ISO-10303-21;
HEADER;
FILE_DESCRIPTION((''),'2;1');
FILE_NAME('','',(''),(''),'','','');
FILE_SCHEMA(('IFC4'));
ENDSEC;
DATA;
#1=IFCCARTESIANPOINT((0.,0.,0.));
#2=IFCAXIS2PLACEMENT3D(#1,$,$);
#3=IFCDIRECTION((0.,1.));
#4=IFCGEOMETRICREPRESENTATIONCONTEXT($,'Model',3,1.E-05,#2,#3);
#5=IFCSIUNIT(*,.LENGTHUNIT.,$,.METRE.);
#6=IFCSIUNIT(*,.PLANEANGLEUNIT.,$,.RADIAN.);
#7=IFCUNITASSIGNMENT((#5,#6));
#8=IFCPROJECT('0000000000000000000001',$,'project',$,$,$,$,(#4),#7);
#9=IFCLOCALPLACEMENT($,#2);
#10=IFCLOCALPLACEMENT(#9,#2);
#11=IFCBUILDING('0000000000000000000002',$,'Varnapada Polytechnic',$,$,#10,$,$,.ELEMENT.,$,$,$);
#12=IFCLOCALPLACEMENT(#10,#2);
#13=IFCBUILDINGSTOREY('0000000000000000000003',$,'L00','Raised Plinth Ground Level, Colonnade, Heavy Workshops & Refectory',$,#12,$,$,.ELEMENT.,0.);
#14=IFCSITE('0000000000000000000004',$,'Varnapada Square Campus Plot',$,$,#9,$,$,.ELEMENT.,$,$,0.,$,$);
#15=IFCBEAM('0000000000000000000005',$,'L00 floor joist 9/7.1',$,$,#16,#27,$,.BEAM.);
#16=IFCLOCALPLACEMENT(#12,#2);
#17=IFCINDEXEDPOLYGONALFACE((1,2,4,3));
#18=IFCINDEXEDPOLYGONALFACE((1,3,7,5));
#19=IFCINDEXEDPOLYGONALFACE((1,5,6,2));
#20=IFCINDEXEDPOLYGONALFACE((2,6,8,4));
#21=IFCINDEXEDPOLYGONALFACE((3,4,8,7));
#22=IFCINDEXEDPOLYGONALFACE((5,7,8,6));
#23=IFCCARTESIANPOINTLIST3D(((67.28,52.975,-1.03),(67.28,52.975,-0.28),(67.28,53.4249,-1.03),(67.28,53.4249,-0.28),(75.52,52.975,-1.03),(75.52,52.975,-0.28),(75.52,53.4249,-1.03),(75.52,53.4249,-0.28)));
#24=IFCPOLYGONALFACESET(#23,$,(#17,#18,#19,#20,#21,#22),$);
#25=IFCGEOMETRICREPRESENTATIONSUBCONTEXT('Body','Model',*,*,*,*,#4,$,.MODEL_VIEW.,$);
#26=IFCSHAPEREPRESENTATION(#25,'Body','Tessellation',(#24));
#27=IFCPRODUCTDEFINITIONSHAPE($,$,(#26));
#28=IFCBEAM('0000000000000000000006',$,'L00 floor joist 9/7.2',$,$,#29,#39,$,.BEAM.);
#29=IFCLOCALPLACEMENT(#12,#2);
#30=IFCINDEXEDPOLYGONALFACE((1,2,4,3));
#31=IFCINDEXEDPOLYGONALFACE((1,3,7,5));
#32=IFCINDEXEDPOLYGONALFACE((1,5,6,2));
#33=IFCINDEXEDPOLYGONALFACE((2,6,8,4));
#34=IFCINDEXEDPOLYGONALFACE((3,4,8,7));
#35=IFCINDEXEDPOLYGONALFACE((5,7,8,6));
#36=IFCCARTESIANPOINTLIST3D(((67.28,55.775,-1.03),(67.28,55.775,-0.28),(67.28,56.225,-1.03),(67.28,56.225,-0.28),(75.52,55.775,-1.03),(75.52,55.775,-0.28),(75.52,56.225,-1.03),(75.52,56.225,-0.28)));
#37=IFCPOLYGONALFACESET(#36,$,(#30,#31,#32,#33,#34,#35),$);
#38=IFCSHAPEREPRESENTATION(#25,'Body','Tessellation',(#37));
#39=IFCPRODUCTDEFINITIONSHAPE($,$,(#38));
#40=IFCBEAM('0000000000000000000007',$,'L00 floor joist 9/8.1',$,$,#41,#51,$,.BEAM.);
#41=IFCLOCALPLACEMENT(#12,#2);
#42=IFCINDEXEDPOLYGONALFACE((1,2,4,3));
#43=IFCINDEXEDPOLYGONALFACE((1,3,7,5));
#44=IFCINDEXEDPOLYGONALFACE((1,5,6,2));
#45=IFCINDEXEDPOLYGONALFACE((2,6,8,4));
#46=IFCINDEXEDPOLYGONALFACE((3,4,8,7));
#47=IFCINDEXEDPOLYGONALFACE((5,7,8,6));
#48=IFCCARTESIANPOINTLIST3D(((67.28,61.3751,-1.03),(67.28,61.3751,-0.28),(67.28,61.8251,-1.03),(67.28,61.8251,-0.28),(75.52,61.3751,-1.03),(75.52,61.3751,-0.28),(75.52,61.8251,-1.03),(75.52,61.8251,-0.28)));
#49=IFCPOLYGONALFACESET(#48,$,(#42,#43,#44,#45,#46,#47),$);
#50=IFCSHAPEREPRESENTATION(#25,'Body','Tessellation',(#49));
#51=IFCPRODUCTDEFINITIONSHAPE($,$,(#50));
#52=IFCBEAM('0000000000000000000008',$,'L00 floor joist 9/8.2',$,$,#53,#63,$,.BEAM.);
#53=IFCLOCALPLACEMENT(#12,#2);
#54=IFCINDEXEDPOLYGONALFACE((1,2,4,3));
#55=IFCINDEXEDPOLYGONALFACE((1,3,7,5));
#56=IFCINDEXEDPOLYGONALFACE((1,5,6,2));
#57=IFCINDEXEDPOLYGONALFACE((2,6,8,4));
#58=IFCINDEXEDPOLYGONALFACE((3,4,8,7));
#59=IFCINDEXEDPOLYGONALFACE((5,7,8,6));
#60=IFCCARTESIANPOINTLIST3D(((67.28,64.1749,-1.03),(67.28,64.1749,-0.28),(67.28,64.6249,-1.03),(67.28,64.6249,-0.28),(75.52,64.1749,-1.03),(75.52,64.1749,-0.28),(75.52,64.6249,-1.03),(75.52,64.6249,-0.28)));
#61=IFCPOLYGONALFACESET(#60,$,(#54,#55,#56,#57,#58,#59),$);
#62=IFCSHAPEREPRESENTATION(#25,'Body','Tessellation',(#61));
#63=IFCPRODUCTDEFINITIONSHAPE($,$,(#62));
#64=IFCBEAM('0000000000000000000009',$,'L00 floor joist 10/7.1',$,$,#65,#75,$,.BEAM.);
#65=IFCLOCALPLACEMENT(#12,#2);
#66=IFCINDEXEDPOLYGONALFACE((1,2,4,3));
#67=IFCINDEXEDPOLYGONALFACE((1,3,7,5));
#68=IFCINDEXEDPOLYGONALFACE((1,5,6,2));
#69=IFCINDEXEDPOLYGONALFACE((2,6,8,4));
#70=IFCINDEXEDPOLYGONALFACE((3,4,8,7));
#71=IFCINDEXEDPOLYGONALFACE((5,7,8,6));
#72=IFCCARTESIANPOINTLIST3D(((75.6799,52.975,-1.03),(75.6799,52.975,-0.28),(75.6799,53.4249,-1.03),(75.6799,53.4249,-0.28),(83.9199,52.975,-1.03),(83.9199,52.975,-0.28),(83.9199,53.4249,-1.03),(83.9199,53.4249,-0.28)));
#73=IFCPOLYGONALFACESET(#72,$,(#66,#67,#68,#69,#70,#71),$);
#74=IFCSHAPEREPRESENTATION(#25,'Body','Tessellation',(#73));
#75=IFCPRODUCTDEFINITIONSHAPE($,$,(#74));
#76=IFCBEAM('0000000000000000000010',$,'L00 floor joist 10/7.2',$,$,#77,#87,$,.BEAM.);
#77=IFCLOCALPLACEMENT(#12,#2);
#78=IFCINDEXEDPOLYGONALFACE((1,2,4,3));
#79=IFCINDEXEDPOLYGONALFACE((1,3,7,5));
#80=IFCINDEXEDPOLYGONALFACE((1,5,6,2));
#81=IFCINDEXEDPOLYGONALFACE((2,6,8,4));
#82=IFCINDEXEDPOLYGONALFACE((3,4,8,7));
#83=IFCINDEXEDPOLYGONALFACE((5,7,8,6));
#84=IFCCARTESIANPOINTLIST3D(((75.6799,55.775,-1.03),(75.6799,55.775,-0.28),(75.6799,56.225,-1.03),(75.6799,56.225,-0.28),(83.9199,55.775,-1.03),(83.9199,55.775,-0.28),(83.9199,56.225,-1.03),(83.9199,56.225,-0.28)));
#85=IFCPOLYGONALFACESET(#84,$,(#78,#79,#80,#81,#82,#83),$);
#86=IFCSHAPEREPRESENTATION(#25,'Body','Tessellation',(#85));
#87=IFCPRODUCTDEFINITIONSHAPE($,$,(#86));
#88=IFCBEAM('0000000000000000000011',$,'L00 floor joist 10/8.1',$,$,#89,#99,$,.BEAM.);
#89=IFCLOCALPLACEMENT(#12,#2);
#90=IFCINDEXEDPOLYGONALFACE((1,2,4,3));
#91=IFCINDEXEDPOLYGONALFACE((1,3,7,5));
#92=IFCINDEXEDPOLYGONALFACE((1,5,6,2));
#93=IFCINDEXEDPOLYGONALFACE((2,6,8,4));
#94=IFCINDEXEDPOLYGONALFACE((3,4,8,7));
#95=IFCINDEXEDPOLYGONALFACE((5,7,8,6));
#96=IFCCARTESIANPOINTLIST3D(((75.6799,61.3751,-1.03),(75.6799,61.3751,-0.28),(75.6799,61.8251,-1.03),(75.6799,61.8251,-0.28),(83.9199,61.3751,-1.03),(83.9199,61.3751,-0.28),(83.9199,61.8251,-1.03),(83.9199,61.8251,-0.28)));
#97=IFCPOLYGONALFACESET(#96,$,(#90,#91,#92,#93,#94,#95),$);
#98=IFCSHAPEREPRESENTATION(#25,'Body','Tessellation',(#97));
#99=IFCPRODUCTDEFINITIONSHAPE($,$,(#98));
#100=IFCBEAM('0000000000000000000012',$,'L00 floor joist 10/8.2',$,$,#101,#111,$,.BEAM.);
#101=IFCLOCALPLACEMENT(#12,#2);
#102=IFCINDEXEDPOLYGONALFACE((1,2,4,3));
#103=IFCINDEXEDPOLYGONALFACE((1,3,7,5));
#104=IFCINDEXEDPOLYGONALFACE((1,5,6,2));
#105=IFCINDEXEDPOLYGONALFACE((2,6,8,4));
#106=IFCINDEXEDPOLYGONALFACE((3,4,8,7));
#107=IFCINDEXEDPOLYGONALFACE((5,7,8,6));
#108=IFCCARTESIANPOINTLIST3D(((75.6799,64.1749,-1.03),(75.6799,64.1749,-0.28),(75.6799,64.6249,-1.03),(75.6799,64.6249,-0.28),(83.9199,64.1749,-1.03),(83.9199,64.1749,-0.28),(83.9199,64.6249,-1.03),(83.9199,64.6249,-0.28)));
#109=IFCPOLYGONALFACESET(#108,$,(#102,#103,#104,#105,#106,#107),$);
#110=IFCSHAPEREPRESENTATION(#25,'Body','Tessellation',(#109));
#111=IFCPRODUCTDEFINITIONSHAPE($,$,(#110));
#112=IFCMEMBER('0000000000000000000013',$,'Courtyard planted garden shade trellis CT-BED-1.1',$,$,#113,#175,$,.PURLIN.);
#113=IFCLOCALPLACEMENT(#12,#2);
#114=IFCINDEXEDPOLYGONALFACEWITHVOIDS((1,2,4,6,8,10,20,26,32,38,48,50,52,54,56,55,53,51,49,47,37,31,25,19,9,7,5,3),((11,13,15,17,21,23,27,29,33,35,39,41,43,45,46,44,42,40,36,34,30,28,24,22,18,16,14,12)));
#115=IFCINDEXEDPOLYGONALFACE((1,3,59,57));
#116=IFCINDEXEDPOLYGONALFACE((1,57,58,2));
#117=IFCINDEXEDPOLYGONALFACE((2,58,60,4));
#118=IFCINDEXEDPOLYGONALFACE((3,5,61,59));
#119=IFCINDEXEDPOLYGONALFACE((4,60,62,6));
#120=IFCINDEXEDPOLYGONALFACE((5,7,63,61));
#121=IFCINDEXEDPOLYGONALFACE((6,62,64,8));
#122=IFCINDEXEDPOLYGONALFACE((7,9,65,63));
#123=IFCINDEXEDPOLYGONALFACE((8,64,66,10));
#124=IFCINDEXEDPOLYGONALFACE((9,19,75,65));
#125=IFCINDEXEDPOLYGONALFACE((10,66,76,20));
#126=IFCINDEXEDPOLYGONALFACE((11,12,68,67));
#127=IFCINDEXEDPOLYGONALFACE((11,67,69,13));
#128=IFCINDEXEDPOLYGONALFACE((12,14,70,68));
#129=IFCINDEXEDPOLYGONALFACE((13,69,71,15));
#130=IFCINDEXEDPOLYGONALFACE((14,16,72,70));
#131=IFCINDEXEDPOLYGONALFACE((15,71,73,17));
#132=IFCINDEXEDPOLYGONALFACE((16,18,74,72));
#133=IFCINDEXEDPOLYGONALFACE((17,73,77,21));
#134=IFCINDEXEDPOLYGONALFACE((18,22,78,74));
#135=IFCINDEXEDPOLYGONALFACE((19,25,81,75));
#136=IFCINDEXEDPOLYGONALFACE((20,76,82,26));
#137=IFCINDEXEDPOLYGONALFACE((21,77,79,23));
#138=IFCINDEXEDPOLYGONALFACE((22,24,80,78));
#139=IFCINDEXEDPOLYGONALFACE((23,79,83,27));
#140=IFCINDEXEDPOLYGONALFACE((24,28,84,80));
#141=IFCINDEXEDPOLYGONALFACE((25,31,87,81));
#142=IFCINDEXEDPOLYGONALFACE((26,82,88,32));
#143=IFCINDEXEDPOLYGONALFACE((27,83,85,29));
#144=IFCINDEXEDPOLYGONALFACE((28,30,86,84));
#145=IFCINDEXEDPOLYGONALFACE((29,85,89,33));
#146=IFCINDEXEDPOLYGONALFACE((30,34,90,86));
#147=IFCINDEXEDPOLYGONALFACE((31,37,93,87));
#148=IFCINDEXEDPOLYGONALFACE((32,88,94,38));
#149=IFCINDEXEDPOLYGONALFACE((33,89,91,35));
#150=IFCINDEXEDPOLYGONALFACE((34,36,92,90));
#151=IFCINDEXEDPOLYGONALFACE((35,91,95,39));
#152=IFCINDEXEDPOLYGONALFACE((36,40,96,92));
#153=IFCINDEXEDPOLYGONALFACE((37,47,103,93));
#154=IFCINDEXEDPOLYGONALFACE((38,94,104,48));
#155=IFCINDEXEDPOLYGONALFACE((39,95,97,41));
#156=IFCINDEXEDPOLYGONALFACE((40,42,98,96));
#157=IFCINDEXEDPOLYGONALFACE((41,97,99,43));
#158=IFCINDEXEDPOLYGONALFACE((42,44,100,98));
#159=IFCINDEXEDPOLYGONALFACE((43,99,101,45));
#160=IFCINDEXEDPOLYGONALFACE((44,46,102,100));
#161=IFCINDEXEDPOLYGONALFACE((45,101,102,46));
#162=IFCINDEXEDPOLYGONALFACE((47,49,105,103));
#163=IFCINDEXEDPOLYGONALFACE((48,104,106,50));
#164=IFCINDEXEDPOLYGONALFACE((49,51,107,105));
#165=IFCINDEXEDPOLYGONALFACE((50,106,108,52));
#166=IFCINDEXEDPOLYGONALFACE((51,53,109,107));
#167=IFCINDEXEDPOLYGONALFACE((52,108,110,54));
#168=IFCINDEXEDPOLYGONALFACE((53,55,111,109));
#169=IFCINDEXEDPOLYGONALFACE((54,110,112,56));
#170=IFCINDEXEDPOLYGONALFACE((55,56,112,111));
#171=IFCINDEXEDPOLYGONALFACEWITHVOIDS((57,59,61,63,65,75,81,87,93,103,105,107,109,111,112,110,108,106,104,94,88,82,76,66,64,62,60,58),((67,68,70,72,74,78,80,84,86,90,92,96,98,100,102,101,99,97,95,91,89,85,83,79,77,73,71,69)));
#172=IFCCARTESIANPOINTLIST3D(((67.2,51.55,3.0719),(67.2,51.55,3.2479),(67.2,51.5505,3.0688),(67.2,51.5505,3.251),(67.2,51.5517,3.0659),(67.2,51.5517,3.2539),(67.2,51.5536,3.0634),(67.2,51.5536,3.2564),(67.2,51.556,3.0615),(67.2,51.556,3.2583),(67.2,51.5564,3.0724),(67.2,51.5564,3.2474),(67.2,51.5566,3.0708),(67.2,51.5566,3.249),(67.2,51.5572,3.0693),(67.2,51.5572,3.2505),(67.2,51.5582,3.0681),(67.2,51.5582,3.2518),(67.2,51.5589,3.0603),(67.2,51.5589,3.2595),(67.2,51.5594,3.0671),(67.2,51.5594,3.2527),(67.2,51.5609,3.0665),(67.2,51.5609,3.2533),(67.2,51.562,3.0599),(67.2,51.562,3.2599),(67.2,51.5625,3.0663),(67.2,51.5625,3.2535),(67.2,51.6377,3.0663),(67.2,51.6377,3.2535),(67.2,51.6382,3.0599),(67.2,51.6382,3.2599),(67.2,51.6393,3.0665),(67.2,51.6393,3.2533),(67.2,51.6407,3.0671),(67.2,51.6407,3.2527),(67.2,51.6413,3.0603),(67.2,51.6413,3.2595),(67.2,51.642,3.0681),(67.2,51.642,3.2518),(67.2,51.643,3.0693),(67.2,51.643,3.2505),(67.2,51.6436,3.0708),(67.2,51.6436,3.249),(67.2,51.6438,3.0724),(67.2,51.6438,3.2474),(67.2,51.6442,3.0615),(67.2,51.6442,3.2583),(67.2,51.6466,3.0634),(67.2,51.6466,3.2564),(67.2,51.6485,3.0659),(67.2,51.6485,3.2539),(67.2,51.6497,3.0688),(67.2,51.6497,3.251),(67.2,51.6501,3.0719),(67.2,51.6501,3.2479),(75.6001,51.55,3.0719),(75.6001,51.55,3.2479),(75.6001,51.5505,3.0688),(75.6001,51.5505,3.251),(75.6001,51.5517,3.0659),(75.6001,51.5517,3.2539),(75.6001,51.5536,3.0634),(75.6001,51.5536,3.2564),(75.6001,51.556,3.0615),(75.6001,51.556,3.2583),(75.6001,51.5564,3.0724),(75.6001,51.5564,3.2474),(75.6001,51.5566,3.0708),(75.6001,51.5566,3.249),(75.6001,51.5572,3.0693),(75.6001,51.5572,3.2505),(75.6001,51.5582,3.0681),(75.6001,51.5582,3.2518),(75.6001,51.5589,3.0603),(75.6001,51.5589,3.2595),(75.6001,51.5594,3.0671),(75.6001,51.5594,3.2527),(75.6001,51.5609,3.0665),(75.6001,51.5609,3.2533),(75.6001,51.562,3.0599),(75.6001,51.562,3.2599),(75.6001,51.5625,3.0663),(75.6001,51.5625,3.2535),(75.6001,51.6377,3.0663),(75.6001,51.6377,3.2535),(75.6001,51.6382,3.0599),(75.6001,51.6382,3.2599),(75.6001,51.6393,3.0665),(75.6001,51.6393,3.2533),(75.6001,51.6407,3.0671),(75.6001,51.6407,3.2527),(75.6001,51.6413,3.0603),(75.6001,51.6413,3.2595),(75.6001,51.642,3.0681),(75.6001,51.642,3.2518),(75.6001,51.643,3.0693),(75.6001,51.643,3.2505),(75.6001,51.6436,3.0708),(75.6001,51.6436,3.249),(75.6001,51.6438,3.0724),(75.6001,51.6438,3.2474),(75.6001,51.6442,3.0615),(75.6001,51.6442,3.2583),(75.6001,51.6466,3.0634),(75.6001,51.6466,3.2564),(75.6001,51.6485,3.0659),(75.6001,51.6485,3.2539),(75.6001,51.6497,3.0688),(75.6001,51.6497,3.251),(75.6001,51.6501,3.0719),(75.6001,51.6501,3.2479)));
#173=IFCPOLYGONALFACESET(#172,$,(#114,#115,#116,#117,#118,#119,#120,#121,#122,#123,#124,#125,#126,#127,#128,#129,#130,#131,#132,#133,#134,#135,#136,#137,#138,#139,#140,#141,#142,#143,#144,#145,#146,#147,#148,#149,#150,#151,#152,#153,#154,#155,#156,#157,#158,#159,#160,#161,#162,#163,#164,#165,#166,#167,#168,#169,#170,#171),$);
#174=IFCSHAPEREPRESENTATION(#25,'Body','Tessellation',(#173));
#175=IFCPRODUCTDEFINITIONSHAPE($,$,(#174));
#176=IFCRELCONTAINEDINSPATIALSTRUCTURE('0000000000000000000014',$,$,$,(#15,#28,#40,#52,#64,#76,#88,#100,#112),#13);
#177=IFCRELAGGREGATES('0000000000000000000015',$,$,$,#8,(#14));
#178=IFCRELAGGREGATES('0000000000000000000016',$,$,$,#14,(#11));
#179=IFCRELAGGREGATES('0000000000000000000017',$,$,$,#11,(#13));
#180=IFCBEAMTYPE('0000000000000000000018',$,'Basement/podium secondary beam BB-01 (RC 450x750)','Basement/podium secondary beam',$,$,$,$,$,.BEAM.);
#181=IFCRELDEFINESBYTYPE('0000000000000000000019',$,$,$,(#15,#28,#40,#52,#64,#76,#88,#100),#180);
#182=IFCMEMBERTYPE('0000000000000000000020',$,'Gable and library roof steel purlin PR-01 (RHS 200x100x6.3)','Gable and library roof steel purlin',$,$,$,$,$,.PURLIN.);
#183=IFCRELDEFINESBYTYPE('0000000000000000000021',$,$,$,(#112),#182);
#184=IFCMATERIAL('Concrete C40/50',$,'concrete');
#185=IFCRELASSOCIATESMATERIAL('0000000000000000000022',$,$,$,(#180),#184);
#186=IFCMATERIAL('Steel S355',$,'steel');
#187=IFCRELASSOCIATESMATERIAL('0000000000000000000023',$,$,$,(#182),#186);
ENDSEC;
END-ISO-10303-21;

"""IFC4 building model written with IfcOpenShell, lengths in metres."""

from ifc_helpers import new_model, si_unit, direction, frame, origin, origin_2d, place, context, subcontext, project, spatial, rectangle, hollow_rectangle, extrude, material, material_profile, profile_set, type_object, element, save


model = new_model("IFC4")

# Units and contexts
model_context = context("Model", 3, precision=1e-05, world=origin(), true_north=direction((0.0, 1.0)))
body_context = subcontext(model_context, "Body", "Model", "MODEL_VIEW")
ifc_project = project(units=[si_unit("LENGTHUNIT", "METRE"), si_unit("PLANEANGLEUNIT", "RADIAN")], contexts=[model_context])

# Site, building, storey
site_placement = place(None, origin())
site = spatial("IfcSite", under=ifc_project, at=site_placement, Name="Varnapada Square Campus Plot", CompositionType="ELEMENT", RefElevation=0.0)
building_placement = place(site_placement, origin())
building = spatial("IfcBuilding", under=site, at=building_placement, Name="Varnapada Polytechnic", CompositionType="ELEMENT")
storey_placement = place(building_placement, origin())
storey = spatial("IfcBuildingStorey", under=building, at=storey_placement, Name="L00", Description="Raised Plinth Ground Level, Colonnade, Heavy Workshops & Refectory", CompositionType="ELEMENT", Elevation=0.0)

# Beams
ifc_material_1 = material(Name="Concrete C40/50", Category="concrete")
ifc_material_profile_1 = material_profile(ifc_material_1, rectangle(XDim=0.45, YDim=0.75, at=origin_2d()), Name="RC 450x750")
ifc_profile_set_1 = profile_set([ifc_material_profile_1], Name="Concrete C40/50")
beam_type_1 = type_object("IfcBeamType", Name="Basement/podium secondary beam BB-01 (RC 450x750)", Description="Basement/podium secondary beam", PredefinedType="BEAM", material=ifc_profile_set_1)
for number, where, z_axis, x_axis, name in (
    (1, (67.28, 53.2, -0.655), (1.0, 0.0, 0.0), (0.0, 1.0, 0.0), "L00 floor joist 9/7.1"),
    (2, (67.28, 56.0, -0.655), (1.0, 0.0, 0.0), (0.0, 1.0, 0.0), "L00 floor joist 9/7.2"),
    (3, (67.28, 61.6001, -0.655), (1.0, 0.0, 0.0), (0.0, 1.0, 0.0), "L00 floor joist 9/8.1"),
    (4, (67.28, 64.3999, -0.655), (1.0, 0.0, 0.0), (0.0, 1.0, 0.0), "L00 floor joist 9/8.2"),
    (5, (75.6799, 53.2, -0.655), (1.0, 0.0, 0.0), (0.0, 1.0, 0.0), "L00 floor joist 10/7.1"),
    (6, (75.6799, 56.0, -0.655), (1.0, 0.0, 0.0), (0.0, 1.0, 0.0), "L00 floor joist 10/7.2"),
    (7, (75.6799, 61.6001, -0.655), (1.0, 0.0, 0.0), (0.0, 1.0, 0.0), "L00 floor joist 10/8.1"),
    (8, (75.6799, 64.3999, -0.655), (1.0, 0.0, 0.0), (0.0, 1.0, 0.0), "L00 floor joist 10/8.2"),
):
    element("IfcBeam", number, at=place(storey_placement, frame(where, z_axis=z_axis, x_axis=x_axis)), inside=storey, type_object=beam_type_1, Name=name, PredefinedType="BEAM", context=body_context, shape_type="SweptSolid", body=[
        extrude(rectangle(XDim=0.45, YDim=0.75, at=origin_2d()), origin(), (0.0, 0.0, 1.0), 8.24),
    ])

# Member
ifc_material_2 = material(Name="Steel S355", Category="steel")
ifc_material_profile_2 = material_profile(ifc_material_2, hollow_rectangle(XDim=0.1001, YDim=0.2, WallThickness=0.0063, InnerFilletRadius=0.0061, OuterFilletRadius=0.012, at=origin_2d()), Name="RHS 200x100x6.3")
ifc_profile_set_2 = profile_set([ifc_material_profile_2], Name="Steel S355")
member_type_1 = type_object("IfcMemberType", Name="Gable and library roof steel purlin PR-01 (RHS 200x100x6.3)", Description="Gable and library roof steel purlin", PredefinedType="PURLIN", material=ifc_profile_set_2)
for number, where, z_axis, x_axis, name in (
    (9, (67.2, 51.6001, 3.1599), (1.0, 0.0, 0.0), (0.0, 1.0, 0.0), "Courtyard planted garden shade trellis CT-BED-1.1"),
):
    element("IfcMember", number, at=place(storey_placement, frame(where, z_axis=z_axis, x_axis=x_axis)), inside=storey, type_object=member_type_1, Name=name, PredefinedType="PURLIN", context=body_context, shape_type="SweptSolid", body=[
        extrude(hollow_rectangle(XDim=0.1001, YDim=0.2, WallThickness=0.0063, InnerFilletRadius=0.0061, OuterFilletRadius=0.012, at=origin_2d()), origin(), (0.0, 0.0, 1.0), 8.4001),
    ])

save(model, "model.ifc")
